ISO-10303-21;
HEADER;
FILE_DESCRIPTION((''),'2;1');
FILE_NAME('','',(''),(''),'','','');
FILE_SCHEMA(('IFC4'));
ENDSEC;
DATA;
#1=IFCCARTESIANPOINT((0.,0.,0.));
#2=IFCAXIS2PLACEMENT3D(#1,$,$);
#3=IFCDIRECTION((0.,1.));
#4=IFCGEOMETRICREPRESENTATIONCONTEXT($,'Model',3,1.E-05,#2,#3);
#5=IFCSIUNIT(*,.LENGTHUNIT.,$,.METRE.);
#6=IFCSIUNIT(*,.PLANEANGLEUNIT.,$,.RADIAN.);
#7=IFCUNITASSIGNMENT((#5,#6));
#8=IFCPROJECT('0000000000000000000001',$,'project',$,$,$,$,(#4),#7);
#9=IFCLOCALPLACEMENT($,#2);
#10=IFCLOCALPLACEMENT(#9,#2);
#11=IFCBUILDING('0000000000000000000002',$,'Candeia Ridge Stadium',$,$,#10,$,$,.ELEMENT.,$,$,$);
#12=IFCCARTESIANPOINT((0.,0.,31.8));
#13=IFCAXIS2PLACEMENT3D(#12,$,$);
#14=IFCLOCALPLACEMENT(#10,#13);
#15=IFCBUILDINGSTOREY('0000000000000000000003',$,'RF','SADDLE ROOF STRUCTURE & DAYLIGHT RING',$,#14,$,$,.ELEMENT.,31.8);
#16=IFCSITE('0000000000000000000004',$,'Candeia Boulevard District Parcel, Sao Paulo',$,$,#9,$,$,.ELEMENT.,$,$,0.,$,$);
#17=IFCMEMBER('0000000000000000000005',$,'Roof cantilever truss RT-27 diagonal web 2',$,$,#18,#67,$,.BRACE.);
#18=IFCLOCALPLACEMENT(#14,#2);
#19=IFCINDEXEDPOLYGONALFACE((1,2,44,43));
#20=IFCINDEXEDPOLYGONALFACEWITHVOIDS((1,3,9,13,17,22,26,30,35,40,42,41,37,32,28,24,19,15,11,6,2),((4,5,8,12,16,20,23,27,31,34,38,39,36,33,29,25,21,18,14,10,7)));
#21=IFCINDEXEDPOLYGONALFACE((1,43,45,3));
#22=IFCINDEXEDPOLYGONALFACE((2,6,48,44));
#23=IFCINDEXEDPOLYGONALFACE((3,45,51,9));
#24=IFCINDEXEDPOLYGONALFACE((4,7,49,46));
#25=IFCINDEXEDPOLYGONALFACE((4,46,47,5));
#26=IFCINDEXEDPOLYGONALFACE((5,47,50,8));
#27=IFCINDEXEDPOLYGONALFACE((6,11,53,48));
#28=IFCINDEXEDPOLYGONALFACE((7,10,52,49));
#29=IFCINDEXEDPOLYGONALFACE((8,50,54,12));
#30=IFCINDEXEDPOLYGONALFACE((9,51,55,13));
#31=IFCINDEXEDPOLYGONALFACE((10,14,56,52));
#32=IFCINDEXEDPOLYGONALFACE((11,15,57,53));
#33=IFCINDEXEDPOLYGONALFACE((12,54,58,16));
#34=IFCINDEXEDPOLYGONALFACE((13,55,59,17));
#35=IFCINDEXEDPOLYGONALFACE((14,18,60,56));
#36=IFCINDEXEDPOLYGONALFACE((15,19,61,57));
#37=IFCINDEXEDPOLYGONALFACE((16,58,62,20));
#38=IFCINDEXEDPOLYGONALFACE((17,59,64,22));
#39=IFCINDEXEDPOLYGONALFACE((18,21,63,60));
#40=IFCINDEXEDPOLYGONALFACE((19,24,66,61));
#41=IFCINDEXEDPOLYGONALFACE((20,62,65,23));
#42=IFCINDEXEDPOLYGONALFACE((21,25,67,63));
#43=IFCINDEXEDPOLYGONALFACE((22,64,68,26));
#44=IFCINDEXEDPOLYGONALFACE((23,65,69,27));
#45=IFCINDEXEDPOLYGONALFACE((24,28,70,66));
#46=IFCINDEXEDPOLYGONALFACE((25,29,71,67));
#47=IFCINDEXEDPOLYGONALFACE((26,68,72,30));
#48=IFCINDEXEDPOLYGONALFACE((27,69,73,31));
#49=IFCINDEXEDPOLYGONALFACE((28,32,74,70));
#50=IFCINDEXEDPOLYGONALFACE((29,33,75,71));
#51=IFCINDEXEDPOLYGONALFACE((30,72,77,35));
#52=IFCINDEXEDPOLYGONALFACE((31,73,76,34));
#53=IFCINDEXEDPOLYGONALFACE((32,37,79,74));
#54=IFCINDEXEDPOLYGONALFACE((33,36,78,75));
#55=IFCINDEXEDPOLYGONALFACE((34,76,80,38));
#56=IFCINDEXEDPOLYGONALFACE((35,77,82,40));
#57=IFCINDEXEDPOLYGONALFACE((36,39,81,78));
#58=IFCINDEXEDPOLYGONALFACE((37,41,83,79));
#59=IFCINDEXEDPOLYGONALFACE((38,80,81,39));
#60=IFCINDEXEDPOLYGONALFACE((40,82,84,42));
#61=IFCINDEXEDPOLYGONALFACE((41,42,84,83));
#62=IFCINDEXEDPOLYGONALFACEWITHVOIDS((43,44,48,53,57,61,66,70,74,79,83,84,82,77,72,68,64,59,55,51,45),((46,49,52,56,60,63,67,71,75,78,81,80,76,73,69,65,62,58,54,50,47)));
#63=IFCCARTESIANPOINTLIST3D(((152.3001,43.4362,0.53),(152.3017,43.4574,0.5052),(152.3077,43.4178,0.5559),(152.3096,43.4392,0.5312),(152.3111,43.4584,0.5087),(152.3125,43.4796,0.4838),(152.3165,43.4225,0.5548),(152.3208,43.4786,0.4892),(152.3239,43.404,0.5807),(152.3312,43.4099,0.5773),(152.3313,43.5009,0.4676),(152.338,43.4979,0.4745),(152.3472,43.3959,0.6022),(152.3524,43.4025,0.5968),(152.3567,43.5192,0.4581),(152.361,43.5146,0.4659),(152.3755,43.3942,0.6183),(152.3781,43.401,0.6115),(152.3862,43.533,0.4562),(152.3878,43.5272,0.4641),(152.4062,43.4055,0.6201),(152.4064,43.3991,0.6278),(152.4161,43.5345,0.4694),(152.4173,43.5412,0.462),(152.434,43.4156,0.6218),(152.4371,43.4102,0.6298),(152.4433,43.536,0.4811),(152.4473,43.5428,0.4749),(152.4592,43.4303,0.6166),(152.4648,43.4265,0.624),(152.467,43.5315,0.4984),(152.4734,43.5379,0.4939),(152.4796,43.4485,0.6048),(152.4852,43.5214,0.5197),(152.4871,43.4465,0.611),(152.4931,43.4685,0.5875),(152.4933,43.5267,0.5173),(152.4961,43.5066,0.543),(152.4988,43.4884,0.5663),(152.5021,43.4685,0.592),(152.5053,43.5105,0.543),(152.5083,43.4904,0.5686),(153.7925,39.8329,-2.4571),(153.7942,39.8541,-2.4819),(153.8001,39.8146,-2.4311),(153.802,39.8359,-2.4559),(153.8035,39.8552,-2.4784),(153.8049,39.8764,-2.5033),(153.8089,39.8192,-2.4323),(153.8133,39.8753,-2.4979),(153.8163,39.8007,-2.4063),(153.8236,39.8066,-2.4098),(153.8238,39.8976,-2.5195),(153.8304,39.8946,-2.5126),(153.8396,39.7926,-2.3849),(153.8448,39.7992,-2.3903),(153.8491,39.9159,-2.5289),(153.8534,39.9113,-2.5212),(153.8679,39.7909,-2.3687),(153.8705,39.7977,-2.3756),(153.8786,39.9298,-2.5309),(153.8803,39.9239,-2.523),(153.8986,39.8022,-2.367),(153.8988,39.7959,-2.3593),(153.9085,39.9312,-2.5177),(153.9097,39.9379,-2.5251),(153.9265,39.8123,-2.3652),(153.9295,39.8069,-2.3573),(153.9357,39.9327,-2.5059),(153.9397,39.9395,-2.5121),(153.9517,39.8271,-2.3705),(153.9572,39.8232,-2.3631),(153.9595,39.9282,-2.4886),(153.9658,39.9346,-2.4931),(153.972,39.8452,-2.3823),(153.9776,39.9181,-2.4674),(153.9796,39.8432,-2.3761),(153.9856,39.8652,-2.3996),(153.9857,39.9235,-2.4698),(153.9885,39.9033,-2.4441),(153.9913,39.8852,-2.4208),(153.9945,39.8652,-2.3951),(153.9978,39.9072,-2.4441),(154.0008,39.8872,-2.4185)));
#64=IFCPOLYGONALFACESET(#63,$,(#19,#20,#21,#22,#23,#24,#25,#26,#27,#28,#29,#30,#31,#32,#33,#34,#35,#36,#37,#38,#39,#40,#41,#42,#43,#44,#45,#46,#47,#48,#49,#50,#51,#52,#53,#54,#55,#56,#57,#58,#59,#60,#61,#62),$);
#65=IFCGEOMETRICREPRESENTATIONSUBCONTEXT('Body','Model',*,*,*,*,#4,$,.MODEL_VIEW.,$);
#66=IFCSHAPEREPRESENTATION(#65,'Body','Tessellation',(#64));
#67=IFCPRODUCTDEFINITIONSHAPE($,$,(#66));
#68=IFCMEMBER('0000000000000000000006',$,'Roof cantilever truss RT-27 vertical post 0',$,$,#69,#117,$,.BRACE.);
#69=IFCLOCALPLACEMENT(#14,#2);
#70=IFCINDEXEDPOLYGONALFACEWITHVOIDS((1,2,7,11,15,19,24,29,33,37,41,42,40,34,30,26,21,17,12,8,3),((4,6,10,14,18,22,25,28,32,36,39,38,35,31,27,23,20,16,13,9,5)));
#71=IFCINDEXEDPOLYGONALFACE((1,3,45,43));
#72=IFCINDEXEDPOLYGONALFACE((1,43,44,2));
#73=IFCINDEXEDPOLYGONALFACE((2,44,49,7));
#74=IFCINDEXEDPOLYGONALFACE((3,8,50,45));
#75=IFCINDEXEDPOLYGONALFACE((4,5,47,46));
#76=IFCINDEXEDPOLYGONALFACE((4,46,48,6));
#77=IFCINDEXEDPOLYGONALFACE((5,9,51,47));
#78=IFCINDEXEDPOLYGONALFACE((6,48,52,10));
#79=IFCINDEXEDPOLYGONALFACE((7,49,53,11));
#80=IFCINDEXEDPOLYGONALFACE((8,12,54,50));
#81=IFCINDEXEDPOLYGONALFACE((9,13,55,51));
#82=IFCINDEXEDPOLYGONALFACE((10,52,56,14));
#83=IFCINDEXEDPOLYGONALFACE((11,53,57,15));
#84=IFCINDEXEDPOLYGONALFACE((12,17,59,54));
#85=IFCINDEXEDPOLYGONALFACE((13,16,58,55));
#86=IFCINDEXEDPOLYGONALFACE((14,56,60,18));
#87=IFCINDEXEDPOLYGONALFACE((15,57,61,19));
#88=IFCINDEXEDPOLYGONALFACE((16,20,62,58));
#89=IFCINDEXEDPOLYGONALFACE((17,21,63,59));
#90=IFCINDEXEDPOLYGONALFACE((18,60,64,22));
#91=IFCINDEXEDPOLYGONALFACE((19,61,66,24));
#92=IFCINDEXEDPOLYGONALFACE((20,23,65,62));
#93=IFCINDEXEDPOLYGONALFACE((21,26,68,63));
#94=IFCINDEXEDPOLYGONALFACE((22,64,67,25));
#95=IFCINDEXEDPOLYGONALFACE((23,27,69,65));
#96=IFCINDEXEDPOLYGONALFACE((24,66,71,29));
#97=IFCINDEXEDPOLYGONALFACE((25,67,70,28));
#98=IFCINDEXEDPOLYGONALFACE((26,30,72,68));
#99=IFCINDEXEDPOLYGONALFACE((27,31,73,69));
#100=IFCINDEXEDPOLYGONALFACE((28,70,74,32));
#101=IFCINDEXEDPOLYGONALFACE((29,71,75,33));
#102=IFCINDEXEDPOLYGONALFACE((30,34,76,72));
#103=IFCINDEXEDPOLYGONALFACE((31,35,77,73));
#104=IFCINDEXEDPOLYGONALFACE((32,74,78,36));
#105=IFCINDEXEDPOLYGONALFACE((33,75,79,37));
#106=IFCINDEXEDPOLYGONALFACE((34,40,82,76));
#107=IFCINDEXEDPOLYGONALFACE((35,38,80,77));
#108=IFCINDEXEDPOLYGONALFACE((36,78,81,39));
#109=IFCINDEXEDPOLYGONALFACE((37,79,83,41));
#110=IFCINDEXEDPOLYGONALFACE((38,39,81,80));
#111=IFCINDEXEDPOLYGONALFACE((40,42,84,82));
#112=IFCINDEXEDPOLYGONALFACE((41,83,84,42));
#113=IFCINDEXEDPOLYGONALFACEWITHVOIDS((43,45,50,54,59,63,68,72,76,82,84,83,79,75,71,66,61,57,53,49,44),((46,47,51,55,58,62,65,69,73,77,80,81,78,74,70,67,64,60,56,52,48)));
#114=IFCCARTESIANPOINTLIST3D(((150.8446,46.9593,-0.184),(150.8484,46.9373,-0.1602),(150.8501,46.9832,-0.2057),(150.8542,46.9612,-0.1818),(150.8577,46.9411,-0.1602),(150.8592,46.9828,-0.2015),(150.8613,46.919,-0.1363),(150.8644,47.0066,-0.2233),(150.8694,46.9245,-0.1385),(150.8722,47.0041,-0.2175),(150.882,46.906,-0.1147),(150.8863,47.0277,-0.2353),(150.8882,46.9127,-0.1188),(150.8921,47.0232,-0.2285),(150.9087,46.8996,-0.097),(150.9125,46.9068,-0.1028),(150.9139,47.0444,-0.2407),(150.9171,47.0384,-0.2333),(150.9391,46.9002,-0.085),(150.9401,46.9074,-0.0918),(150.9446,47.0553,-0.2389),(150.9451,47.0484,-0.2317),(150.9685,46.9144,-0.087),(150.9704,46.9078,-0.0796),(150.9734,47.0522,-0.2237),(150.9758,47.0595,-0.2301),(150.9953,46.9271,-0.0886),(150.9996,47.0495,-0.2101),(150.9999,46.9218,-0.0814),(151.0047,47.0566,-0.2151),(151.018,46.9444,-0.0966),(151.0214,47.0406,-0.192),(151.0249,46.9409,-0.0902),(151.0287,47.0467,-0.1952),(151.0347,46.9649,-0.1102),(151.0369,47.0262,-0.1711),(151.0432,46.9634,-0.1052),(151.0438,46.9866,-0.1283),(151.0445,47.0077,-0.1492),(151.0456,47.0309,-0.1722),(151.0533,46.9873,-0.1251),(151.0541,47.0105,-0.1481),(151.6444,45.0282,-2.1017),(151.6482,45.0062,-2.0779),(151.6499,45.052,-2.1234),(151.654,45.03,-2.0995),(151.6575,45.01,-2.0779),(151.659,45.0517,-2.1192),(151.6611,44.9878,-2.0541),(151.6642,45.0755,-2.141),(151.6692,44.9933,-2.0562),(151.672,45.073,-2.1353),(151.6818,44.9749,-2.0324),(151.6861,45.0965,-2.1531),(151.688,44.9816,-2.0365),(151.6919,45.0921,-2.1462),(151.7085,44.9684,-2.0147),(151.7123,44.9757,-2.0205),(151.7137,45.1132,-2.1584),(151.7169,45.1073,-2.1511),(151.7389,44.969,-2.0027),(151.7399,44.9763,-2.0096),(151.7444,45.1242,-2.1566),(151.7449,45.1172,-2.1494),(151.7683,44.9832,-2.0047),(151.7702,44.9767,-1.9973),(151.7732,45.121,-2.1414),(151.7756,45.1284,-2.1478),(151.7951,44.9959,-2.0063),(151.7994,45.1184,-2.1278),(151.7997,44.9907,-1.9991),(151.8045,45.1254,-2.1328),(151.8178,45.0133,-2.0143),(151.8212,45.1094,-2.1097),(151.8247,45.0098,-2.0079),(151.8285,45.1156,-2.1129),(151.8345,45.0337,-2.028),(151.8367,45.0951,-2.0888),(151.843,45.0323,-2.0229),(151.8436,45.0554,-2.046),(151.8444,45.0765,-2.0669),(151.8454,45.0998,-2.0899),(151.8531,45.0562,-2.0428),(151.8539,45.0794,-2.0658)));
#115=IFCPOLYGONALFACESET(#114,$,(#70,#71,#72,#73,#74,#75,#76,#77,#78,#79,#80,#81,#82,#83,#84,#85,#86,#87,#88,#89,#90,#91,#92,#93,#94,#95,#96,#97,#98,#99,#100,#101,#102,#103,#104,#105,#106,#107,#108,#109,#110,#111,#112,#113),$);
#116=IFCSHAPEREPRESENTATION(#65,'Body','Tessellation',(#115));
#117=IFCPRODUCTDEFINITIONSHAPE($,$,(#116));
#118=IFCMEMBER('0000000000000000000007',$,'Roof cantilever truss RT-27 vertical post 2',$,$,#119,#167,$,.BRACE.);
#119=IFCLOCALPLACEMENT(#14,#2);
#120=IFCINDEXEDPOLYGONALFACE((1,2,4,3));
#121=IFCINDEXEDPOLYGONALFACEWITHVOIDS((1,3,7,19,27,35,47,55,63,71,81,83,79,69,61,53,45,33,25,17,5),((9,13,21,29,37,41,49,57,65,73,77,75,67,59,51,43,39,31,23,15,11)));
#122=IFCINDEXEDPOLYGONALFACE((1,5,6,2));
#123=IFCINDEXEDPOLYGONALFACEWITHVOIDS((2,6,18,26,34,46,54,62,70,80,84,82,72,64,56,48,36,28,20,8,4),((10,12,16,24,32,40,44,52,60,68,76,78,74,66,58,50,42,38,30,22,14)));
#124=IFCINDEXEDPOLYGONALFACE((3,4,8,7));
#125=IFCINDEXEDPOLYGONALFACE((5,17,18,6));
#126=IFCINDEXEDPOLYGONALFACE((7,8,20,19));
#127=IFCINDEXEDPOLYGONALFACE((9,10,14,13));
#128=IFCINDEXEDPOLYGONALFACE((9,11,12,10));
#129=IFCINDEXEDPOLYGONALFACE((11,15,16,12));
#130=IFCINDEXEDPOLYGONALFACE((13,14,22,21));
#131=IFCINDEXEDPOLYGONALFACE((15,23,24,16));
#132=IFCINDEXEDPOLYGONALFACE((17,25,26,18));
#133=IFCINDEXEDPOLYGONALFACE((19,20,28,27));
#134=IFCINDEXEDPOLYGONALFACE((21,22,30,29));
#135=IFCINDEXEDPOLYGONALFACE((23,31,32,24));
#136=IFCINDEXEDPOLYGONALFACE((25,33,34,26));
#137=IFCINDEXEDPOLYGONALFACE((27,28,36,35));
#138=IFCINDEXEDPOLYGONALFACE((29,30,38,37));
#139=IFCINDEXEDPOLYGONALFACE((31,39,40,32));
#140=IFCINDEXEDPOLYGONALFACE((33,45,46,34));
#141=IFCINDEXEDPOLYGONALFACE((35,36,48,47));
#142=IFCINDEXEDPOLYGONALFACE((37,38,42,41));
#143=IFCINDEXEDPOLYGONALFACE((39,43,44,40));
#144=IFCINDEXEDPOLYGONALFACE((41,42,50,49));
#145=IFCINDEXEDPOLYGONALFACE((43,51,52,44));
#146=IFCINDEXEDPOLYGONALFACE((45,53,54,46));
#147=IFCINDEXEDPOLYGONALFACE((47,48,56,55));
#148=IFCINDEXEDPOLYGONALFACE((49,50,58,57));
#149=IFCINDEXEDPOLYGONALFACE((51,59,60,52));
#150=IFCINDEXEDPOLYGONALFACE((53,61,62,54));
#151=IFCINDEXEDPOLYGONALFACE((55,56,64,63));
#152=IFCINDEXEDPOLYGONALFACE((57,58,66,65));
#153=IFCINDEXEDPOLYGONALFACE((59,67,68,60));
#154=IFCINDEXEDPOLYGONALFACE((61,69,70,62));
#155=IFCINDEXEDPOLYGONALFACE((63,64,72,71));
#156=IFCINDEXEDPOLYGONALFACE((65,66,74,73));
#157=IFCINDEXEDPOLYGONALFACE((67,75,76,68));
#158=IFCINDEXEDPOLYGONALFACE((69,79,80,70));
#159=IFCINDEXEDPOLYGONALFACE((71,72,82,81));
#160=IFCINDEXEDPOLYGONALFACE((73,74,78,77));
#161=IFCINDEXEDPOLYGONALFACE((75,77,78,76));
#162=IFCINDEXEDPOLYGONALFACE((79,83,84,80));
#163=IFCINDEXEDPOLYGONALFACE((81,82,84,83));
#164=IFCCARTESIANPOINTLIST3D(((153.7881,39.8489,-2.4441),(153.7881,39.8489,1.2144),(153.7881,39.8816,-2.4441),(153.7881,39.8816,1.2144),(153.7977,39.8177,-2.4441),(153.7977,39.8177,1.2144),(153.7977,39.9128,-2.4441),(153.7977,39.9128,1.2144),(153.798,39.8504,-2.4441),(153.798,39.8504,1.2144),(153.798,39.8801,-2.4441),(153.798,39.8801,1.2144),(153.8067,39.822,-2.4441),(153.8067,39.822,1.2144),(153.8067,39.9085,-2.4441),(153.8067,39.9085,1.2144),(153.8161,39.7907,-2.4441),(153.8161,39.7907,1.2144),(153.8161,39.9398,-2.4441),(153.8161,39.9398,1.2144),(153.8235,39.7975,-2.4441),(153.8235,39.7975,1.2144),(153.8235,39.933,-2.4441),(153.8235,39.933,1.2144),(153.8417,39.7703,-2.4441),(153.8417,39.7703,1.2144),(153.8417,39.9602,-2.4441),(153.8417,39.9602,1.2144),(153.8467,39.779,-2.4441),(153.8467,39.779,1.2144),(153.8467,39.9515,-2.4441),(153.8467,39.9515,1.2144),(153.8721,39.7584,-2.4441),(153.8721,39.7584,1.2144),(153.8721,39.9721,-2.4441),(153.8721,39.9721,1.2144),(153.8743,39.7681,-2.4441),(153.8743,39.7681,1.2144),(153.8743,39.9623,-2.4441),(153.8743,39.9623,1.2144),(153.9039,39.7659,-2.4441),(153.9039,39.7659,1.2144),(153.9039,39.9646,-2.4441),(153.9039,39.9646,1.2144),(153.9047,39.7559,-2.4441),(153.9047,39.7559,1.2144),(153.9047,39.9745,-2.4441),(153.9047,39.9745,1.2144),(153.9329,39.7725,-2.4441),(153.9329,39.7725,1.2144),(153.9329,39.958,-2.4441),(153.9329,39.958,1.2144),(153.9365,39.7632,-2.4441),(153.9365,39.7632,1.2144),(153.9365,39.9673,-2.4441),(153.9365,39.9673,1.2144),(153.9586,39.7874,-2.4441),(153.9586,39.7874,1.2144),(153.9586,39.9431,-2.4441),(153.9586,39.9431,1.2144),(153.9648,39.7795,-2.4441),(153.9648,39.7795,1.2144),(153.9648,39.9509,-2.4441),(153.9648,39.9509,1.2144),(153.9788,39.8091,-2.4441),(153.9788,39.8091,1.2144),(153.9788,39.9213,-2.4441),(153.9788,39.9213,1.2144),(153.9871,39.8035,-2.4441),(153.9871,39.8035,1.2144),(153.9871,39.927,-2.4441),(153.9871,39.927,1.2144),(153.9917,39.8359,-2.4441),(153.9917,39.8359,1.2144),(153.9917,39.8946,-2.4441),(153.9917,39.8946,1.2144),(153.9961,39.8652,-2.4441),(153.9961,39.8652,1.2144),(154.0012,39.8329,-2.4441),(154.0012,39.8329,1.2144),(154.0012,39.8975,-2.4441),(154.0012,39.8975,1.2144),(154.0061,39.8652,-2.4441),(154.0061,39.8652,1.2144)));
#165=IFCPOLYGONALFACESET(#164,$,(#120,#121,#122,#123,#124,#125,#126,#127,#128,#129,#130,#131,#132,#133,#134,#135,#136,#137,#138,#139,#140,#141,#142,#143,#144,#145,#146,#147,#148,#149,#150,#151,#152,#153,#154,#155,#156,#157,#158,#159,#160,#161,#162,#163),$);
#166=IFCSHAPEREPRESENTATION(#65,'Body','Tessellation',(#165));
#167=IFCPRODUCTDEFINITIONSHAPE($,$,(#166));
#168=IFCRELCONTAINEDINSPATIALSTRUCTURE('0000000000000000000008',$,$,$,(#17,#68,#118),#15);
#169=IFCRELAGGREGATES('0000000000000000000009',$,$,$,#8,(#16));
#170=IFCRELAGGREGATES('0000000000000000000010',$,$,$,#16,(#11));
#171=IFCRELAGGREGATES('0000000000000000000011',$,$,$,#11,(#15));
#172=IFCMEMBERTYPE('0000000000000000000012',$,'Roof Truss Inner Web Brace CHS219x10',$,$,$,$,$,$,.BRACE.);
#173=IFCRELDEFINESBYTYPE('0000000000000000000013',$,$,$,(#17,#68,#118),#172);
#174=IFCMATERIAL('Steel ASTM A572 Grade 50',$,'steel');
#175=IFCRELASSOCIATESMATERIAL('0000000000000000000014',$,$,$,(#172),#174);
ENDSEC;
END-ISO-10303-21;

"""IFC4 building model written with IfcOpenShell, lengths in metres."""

from ifc_helpers import new_model, si_unit, direction, frame, origin, origin_2d, place, context, subcontext, project, spatial, hollow_circle, extrude, material, material_profile, profile_set, type_object, element, save


model = new_model("IFC4")

# Units and contexts
model_context = context("Model", 3, precision=1e-05, world=origin(), true_north=direction((0.0, 1.0)))
body_context = subcontext(model_context, "Body", "Model", "MODEL_VIEW")
ifc_project = project(units=[si_unit("LENGTHUNIT", "METRE"), si_unit("PLANEANGLEUNIT", "RADIAN")], contexts=[model_context])

# Site, building, storey
site_placement = place(None, origin())
site = spatial("IfcSite", under=ifc_project, at=site_placement, Name="Candeia Boulevard District Parcel, Sao Paulo", CompositionType="ELEMENT", RefElevation=0.0)
building_placement = place(site_placement, origin())
building = spatial("IfcBuilding", under=site, at=building_placement, Name="Candeia Ridge Stadium", CompositionType="ELEMENT")
storey_placement = place(building_placement, frame((0.0, 0.0, 31.8)))
storey = spatial("IfcBuildingStorey", under=building, at=storey_placement, Name="RF", Description="SADDLE ROOF STRUCTURE & DAYLIGHT RING", CompositionType="ELEMENT", Elevation=31.8)

# Shared definitions
ifc_material_1 = material(Name="Steel ASTM A572 Grade 50", Category="steel")

# Members
ifc_material_profile_1 = material_profile(ifc_material_1, hollow_circle(Radius=0.1096, WallThickness=0.01, at=origin_2d()), Name="CHS219x10", Category="steel")
ifc_profile_set_1 = profile_set([ifc_material_profile_1], Name="Steel ASTM A572 Grade 50")
member_type_1 = type_object("IfcMemberType", Name="Roof Truss Inner Web Brace CHS219x10", PredefinedType="BRACE", material=ifc_profile_set_1)
member_1_placement = place(storey_placement, frame((152.4041, 43.4685, 0.543), z_axis=(0.303798, -0.733478, -0.608043), x_axis=(0.923888, 0.382663, 0.0)))
element("IfcMember", 1, at=member_1_placement, inside=storey, type_object=member_type_1, Name="Roof cantilever truss RT-27 diagonal web 2", PredefinedType="BRACE", context=body_context, shape_type="SweptSolid", body=[
    extrude(hollow_circle(Radius=0.1096, WallThickness=0.01, at=origin_2d()), origin(), (0.0, 0.0, 1.0), 4.9126),
])
member_2_placement = place(storey_placement, frame((151.7495, 45.0481, -2.0779), z_axis=(-0.281952, 0.680781, 0.676048), x_axis=(-0.923897, -0.382641, 0.0)))
element("IfcMember", 2, at=member_2_placement, inside=storey, type_object=member_type_1, Name="Roof cantilever truss RT-27 vertical post 0", PredefinedType="BRACE", context=body_context, shape_type="SweptSolid", body=[
    extrude(hollow_circle(Radius=0.1096, WallThickness=0.01, at=origin_2d()), origin(), (0.0, 0.0, 1.0), 2.8367),
])
member_3_placement = place(storey_placement, frame((153.8965, 39.8652, -2.4441), z_axis=(0.0, 0.0, 1.0), x_axis=(1.0, 0.0, 0.0)))
element("IfcMember", 3, at=member_3_placement, inside=storey, type_object=member_type_1, Name="Roof cantilever truss RT-27 vertical post 2", PredefinedType="BRACE", context=body_context, shape_type="SweptSolid", body=[
    extrude(hollow_circle(Radius=0.1096, WallThickness=0.01, at=origin_2d()), origin(), (0.0, 0.0, 1.0), 3.6584),
])

save(model, "model.ifc")
